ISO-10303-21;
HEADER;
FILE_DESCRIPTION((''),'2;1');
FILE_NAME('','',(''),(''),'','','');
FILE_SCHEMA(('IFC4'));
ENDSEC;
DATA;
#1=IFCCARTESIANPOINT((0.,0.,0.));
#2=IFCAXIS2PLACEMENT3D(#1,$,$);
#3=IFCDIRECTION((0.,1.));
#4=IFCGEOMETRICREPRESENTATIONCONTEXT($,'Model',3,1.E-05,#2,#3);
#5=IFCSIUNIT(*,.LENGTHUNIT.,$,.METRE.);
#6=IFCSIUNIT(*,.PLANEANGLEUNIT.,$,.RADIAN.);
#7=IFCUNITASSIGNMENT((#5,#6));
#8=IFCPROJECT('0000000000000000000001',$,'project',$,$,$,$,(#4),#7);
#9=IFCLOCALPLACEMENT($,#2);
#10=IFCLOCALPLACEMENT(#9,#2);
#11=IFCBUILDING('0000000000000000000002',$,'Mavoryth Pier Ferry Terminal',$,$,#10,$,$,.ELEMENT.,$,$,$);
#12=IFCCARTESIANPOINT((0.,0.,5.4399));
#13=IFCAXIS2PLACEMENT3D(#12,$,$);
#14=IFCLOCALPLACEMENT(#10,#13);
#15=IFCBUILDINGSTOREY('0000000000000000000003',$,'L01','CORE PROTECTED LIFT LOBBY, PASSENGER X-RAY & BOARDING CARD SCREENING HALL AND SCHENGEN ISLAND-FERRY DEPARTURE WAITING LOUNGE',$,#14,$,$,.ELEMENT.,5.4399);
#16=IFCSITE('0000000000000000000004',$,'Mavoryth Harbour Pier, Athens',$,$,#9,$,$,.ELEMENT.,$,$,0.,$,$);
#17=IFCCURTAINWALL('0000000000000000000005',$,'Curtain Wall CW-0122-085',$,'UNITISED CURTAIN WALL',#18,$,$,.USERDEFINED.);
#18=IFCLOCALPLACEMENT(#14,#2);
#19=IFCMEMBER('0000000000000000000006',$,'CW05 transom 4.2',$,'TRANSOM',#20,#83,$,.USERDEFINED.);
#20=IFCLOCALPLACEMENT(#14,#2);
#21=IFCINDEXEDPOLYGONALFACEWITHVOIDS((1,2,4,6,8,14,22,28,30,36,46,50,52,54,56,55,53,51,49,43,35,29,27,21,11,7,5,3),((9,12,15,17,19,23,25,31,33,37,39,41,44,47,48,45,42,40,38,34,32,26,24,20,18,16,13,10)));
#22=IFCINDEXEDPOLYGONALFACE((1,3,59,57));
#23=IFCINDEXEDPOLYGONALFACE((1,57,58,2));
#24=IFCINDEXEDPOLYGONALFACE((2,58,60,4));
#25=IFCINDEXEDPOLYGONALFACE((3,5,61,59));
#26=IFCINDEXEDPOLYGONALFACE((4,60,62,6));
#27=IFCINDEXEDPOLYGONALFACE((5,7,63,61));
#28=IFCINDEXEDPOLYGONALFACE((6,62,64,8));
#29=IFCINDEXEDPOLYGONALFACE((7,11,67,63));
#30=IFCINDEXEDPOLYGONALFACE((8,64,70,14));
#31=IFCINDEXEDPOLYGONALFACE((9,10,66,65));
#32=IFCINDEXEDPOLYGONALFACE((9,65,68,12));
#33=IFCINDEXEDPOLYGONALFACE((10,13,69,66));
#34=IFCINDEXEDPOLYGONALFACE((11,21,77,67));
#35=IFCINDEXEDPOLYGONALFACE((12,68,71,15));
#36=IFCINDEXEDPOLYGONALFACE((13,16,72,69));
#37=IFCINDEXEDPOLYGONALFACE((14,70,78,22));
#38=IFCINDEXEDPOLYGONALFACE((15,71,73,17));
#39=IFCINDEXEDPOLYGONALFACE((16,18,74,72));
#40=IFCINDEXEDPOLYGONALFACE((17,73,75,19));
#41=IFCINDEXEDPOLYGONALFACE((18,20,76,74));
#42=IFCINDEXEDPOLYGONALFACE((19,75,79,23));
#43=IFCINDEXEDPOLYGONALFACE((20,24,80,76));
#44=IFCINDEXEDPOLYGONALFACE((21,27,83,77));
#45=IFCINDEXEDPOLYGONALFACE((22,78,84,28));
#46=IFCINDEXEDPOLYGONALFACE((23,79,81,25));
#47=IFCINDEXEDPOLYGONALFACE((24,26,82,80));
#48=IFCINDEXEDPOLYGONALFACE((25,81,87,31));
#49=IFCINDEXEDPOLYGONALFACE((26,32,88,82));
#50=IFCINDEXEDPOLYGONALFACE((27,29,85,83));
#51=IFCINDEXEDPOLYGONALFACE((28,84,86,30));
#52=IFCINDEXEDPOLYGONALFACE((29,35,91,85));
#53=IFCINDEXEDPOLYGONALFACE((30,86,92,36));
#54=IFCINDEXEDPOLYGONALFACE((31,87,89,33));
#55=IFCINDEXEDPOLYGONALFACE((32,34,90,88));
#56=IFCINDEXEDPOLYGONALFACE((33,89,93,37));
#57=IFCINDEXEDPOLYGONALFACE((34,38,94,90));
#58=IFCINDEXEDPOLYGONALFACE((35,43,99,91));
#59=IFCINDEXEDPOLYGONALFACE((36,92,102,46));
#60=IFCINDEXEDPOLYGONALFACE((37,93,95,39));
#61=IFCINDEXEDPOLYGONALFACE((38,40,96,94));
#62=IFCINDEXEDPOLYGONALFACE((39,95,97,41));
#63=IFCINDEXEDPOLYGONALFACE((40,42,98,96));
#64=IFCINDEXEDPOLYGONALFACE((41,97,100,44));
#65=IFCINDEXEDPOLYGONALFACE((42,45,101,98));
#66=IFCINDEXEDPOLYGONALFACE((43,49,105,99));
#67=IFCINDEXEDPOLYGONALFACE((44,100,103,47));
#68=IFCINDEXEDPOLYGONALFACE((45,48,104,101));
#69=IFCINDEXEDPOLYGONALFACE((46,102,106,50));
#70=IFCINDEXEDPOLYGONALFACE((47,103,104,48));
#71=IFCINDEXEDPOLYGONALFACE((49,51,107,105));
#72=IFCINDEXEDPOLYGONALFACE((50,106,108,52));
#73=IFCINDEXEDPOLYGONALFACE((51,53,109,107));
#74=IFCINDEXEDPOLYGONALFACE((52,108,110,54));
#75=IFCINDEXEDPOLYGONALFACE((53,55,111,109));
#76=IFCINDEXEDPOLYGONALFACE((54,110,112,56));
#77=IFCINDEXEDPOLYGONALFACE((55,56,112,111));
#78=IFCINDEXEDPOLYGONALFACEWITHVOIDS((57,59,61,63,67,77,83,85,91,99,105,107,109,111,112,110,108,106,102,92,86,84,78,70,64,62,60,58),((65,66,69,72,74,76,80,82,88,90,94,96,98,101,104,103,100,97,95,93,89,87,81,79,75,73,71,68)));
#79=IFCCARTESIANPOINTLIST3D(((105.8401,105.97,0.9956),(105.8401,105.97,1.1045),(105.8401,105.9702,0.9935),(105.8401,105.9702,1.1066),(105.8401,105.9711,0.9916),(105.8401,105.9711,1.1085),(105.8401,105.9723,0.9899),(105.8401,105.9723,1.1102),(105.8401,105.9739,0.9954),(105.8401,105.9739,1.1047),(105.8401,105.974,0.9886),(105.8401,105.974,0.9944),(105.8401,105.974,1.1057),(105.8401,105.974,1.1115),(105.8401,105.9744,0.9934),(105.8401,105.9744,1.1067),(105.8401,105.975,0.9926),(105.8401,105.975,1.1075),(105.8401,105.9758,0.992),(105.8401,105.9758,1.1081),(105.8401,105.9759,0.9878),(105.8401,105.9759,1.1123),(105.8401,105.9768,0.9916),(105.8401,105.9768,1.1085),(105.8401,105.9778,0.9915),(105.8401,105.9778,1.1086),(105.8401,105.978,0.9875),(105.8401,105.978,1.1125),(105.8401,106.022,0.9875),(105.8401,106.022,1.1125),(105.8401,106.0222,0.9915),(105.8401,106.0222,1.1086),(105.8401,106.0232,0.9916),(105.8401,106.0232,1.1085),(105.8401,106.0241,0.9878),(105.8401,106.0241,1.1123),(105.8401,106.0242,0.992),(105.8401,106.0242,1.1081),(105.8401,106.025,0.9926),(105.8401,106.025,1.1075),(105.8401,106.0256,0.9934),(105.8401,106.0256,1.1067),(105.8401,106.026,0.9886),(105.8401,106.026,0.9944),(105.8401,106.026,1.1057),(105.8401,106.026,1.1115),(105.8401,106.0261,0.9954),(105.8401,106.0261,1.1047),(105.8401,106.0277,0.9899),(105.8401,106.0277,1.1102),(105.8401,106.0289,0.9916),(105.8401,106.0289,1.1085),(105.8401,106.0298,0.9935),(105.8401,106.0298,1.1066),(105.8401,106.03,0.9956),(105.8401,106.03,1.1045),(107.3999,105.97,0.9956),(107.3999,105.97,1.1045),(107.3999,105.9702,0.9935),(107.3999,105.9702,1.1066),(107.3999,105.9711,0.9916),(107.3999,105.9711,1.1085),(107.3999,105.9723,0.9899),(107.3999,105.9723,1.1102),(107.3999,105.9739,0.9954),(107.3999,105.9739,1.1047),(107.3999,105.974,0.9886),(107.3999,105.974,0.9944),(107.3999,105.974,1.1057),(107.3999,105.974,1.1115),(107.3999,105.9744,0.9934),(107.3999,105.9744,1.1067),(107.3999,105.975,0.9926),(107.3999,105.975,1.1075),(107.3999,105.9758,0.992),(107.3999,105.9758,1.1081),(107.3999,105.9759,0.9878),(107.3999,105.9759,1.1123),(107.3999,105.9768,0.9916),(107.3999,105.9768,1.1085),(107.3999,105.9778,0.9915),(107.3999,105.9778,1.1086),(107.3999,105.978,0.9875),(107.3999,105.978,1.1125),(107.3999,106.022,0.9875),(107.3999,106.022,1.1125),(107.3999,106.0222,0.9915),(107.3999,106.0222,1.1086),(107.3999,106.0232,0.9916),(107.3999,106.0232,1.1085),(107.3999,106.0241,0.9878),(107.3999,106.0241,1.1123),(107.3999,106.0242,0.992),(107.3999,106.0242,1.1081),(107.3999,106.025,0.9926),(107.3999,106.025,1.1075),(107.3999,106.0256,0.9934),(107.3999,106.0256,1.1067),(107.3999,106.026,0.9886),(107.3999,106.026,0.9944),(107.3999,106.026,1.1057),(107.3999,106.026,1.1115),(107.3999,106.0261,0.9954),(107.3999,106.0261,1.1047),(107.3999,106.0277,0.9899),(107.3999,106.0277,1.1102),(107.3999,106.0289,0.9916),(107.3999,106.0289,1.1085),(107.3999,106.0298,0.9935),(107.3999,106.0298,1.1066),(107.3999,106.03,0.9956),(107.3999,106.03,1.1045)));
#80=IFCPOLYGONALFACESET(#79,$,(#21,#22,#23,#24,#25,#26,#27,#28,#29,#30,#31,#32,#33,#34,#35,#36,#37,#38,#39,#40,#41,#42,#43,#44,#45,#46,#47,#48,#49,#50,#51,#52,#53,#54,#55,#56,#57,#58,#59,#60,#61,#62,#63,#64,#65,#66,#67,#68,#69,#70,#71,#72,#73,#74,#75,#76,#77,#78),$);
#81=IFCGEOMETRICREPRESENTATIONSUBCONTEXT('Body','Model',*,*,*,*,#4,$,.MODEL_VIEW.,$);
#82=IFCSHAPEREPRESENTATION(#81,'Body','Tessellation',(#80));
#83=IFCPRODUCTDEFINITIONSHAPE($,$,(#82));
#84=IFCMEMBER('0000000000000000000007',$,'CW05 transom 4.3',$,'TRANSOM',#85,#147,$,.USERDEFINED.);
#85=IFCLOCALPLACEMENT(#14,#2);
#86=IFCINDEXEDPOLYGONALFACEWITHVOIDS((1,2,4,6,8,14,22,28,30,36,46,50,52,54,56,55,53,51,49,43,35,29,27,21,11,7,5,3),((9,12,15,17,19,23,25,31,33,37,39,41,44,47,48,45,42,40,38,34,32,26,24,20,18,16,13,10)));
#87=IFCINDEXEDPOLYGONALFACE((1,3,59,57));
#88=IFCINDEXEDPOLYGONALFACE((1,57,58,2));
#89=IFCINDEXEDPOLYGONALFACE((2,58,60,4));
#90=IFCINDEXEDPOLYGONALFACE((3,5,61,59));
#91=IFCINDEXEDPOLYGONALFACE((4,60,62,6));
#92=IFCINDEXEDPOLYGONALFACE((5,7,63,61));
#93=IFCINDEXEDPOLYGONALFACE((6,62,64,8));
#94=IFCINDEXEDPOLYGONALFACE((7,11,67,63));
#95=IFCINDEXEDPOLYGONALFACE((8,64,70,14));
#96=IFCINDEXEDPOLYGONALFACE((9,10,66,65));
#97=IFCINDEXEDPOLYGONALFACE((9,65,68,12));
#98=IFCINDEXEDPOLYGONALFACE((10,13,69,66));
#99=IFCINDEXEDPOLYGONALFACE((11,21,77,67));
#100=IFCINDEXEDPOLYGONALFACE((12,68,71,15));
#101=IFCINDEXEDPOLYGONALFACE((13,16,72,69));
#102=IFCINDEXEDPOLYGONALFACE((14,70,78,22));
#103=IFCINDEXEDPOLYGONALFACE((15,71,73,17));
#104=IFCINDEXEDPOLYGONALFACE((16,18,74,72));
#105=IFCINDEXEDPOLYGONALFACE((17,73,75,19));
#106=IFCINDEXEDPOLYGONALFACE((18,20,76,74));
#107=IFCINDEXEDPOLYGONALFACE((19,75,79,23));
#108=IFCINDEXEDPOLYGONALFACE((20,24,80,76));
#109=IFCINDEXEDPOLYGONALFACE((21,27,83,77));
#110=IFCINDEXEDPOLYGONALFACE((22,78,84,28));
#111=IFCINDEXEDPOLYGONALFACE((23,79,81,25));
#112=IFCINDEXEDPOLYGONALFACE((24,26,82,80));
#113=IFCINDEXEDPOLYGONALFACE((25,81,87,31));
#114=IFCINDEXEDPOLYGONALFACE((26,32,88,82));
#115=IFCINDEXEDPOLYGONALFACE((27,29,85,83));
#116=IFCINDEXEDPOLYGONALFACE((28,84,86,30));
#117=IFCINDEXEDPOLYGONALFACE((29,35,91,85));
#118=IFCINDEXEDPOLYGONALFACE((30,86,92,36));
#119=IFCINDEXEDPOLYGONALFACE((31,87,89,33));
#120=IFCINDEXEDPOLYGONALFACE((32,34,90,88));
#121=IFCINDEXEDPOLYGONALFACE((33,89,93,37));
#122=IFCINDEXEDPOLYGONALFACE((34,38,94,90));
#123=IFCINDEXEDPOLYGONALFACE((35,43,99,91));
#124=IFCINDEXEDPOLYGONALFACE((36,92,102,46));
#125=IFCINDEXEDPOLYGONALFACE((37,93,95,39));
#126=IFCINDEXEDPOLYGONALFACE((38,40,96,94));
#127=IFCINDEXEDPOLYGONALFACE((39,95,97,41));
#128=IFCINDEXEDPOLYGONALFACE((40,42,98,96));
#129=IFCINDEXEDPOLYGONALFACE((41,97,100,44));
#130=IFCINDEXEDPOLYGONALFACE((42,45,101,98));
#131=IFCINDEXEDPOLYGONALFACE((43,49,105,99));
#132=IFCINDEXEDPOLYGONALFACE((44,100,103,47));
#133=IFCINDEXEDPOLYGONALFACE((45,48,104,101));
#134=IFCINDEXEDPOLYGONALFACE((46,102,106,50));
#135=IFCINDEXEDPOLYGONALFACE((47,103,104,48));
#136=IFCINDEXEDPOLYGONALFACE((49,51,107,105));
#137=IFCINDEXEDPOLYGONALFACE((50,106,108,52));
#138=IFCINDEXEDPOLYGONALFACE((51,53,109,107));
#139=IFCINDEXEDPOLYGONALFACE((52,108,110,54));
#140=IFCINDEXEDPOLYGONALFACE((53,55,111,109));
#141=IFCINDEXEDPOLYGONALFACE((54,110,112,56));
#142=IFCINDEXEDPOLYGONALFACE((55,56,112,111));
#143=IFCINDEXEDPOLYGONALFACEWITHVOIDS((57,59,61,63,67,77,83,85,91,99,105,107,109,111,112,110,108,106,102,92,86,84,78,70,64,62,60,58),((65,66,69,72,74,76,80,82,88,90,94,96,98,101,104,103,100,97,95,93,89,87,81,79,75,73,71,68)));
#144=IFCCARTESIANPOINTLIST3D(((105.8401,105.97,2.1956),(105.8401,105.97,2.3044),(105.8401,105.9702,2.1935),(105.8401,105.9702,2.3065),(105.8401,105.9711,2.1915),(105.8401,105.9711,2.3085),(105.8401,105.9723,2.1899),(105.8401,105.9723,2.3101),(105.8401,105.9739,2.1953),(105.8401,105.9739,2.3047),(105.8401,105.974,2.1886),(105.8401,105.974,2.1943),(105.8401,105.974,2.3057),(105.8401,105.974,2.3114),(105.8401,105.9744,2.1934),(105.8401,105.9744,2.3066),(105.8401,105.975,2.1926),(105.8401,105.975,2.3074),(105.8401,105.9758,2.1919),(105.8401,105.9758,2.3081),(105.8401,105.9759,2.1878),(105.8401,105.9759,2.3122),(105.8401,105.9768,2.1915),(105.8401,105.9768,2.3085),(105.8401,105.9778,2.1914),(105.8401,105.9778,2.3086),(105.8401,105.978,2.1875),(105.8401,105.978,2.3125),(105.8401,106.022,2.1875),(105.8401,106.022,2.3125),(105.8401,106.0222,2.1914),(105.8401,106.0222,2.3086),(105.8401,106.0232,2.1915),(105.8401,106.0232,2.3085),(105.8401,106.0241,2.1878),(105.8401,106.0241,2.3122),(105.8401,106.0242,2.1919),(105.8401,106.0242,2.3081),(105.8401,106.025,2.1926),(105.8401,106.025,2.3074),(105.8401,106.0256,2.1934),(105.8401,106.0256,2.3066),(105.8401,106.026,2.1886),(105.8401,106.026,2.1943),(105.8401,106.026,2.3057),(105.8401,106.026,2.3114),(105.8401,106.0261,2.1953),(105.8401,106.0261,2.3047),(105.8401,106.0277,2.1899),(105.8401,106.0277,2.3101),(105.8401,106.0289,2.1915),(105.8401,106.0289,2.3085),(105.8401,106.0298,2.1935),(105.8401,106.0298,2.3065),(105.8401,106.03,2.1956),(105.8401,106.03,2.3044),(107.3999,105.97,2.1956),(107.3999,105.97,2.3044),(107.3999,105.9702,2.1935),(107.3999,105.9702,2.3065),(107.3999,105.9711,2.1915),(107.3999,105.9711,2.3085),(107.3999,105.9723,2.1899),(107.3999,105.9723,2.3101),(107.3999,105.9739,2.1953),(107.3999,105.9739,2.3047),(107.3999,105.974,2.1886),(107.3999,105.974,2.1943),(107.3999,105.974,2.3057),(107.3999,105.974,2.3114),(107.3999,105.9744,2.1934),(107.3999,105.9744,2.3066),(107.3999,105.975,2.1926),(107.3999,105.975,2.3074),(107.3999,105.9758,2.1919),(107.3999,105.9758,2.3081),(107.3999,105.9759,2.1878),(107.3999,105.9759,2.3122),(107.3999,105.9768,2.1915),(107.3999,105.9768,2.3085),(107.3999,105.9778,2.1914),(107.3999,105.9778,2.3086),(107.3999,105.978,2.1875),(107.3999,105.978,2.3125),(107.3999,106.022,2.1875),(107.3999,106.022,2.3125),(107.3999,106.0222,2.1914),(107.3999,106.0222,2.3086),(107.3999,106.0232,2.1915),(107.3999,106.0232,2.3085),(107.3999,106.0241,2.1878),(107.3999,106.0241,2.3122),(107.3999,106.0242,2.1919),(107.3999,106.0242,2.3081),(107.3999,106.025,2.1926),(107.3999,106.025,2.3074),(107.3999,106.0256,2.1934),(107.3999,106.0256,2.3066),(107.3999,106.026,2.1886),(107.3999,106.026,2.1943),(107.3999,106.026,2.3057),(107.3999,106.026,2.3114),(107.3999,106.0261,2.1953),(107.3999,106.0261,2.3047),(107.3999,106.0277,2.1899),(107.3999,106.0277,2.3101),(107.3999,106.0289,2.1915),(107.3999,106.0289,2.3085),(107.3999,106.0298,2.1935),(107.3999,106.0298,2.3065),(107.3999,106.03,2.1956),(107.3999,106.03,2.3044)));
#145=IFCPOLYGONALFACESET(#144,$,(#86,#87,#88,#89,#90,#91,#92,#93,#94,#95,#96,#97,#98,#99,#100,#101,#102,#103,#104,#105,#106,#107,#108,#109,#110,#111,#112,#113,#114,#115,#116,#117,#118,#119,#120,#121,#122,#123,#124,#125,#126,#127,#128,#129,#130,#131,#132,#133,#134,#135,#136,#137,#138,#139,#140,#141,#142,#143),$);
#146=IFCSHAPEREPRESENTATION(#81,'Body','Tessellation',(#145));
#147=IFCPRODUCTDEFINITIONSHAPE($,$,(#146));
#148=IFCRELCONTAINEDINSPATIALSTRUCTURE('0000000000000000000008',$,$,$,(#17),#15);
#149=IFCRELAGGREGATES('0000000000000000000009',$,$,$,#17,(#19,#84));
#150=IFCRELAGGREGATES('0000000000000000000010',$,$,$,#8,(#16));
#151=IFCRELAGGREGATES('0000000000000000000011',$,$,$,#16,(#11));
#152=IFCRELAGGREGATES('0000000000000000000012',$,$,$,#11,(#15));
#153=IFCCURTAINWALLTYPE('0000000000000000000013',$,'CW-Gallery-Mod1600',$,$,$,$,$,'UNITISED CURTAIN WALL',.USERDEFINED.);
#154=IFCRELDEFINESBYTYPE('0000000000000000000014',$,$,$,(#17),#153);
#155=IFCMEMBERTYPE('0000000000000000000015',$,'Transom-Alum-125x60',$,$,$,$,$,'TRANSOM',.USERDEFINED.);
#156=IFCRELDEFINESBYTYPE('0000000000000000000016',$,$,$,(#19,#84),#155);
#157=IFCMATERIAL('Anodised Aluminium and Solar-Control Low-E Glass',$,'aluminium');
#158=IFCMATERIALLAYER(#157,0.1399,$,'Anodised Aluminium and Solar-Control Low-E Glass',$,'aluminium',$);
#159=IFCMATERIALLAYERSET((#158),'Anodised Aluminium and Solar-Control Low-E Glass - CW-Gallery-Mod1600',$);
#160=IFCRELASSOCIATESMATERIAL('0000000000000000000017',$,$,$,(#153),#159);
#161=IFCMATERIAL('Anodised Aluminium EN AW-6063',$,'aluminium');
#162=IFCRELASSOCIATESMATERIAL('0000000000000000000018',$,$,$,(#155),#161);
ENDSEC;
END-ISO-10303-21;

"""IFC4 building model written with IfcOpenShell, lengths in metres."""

from ifc_helpers import new_model, si_unit, direction, frame, origin, origin_2d, place, context, subcontext, project, spatial, hollow_rectangle, extrude, material, layer, layer_set, material_profile, profile_set, type_object, element, aggregate, save


model = new_model("IFC4")

# Units and contexts
model_context = context("Model", 3, precision=1e-05, world=origin(), true_north=direction((0.0, 1.0)))
body_context = subcontext(model_context, "Body", "Model", "MODEL_VIEW")
ifc_project = project(units=[si_unit("LENGTHUNIT", "METRE"), si_unit("PLANEANGLEUNIT", "RADIAN")], contexts=[model_context])

# Site, building, storey
site_placement = place(None, origin())
site = spatial("IfcSite", under=ifc_project, at=site_placement, Name="Mavoryth Harbour Pier, Athens", CompositionType="ELEMENT", RefElevation=0.0)
building_placement = place(site_placement, origin())
building = spatial("IfcBuilding", under=site, at=building_placement, Name="Mavoryth Pier Ferry Terminal", CompositionType="ELEMENT")
storey_placement = place(building_placement, frame((0.0, 0.0, 5.4399)))
storey = spatial("IfcBuildingStorey", under=building, at=storey_placement, Name="L01", Description="CORE PROTECTED LIFT LOBBY, PASSENGER X-RAY & BOARDING CARD SCREENING HALL AND SCHENGEN ISLAND-FERRY DEPARTURE WAITING LOUNGE", CompositionType="ELEMENT", Elevation=5.4399)

# Shared definitions
ifc_material_1 = material(Name="Anodised Aluminium and Solar-Control Low-E Glass", Category="aluminium")
ifc_layer_1 = layer(ifc_material_1, 0.1399, Name="Anodised Aluminium and Solar-Control Low-E Glass", Category="aluminium")
ifc_layer_set_1 = layer_set([ifc_layer_1], Name="Anodised Aluminium and Solar-Control Low-E Glass - CW-Gallery-Mod1600")
curtain_wall_type = type_object("IfcCurtainWallType", Name="CW-Gallery-Mod1600", ElementType="UNITISED CURTAIN WALL", PredefinedType="USERDEFINED", material=ifc_layer_set_1)
ifc_material_2 = material(Name="Anodised Aluminium EN AW-6063", Category="aluminium")

# Curtain wall
curtain_wall_1_placement = place(storey_placement, origin())
curtain_wall_1 = element("IfcCurtainWall", 1, at=curtain_wall_1_placement, inside=storey, type_object=curtain_wall_type, Name="Curtain Wall CW-0122-085", ObjectType="UNITISED CURTAIN WALL", PredefinedType="USERDEFINED")

# Members
ifc_material_profile_1 = material_profile(ifc_material_2, hollow_rectangle(XDim=0.0601, YDim=0.125, WallThickness=0.0039, InnerFilletRadius=0.0039, OuterFilletRadius=0.0081, at=origin_2d()), Name="AL-TRAN 125x60x4", Category="aluminium")
ifc_profile_set_1 = profile_set([ifc_material_profile_1], Name="Anodised Aluminium EN AW-6063 - AL-TRAN 125x60x4")
member_type_1 = type_object("IfcMemberType", Name="Transom-Alum-125x60", ElementType="TRANSOM", PredefinedType="USERDEFINED", material=ifc_profile_set_1)
member_1_placement = place(storey_placement, frame((105.8401, 106.0, 1.05), z_axis=(1.0, 0.0, 0.0), x_axis=(0.0, 1.0, 0.0)))
member_1 = element("IfcMember", 2, at=member_1_placement, type_object=member_type_1, Name="CW05 transom 4.2", ObjectType="TRANSOM", PredefinedType="USERDEFINED", context=body_context, shape_type="SweptSolid", body=[
    extrude(hollow_rectangle(XDim=0.0601, YDim=0.125, WallThickness=0.0039, InnerFilletRadius=0.0039, OuterFilletRadius=0.0081, at=origin_2d()), origin(), (0.0, 0.0, 1.0), 1.5598),
])
member_2_placement = place(storey_placement, frame((105.8401, 106.0, 2.25), z_axis=(1.0, 0.0, 0.0), x_axis=(0.0, 1.0, 0.0)))
member_2 = element("IfcMember", 3, at=member_2_placement, type_object=member_type_1, Name="CW05 transom 4.3", ObjectType="TRANSOM", PredefinedType="USERDEFINED", context=body_context, shape_type="SweptSolid", body=[
    extrude(hollow_rectangle(XDim=0.0601, YDim=0.125, WallThickness=0.0039, InnerFilletRadius=0.0039, OuterFilletRadius=0.0081, at=origin_2d()), origin(), (0.0, 0.0, 1.0), 1.5598),
])

aggregate(curtain_wall_1, [member_1, member_2])

save(model, "model.ifc")
